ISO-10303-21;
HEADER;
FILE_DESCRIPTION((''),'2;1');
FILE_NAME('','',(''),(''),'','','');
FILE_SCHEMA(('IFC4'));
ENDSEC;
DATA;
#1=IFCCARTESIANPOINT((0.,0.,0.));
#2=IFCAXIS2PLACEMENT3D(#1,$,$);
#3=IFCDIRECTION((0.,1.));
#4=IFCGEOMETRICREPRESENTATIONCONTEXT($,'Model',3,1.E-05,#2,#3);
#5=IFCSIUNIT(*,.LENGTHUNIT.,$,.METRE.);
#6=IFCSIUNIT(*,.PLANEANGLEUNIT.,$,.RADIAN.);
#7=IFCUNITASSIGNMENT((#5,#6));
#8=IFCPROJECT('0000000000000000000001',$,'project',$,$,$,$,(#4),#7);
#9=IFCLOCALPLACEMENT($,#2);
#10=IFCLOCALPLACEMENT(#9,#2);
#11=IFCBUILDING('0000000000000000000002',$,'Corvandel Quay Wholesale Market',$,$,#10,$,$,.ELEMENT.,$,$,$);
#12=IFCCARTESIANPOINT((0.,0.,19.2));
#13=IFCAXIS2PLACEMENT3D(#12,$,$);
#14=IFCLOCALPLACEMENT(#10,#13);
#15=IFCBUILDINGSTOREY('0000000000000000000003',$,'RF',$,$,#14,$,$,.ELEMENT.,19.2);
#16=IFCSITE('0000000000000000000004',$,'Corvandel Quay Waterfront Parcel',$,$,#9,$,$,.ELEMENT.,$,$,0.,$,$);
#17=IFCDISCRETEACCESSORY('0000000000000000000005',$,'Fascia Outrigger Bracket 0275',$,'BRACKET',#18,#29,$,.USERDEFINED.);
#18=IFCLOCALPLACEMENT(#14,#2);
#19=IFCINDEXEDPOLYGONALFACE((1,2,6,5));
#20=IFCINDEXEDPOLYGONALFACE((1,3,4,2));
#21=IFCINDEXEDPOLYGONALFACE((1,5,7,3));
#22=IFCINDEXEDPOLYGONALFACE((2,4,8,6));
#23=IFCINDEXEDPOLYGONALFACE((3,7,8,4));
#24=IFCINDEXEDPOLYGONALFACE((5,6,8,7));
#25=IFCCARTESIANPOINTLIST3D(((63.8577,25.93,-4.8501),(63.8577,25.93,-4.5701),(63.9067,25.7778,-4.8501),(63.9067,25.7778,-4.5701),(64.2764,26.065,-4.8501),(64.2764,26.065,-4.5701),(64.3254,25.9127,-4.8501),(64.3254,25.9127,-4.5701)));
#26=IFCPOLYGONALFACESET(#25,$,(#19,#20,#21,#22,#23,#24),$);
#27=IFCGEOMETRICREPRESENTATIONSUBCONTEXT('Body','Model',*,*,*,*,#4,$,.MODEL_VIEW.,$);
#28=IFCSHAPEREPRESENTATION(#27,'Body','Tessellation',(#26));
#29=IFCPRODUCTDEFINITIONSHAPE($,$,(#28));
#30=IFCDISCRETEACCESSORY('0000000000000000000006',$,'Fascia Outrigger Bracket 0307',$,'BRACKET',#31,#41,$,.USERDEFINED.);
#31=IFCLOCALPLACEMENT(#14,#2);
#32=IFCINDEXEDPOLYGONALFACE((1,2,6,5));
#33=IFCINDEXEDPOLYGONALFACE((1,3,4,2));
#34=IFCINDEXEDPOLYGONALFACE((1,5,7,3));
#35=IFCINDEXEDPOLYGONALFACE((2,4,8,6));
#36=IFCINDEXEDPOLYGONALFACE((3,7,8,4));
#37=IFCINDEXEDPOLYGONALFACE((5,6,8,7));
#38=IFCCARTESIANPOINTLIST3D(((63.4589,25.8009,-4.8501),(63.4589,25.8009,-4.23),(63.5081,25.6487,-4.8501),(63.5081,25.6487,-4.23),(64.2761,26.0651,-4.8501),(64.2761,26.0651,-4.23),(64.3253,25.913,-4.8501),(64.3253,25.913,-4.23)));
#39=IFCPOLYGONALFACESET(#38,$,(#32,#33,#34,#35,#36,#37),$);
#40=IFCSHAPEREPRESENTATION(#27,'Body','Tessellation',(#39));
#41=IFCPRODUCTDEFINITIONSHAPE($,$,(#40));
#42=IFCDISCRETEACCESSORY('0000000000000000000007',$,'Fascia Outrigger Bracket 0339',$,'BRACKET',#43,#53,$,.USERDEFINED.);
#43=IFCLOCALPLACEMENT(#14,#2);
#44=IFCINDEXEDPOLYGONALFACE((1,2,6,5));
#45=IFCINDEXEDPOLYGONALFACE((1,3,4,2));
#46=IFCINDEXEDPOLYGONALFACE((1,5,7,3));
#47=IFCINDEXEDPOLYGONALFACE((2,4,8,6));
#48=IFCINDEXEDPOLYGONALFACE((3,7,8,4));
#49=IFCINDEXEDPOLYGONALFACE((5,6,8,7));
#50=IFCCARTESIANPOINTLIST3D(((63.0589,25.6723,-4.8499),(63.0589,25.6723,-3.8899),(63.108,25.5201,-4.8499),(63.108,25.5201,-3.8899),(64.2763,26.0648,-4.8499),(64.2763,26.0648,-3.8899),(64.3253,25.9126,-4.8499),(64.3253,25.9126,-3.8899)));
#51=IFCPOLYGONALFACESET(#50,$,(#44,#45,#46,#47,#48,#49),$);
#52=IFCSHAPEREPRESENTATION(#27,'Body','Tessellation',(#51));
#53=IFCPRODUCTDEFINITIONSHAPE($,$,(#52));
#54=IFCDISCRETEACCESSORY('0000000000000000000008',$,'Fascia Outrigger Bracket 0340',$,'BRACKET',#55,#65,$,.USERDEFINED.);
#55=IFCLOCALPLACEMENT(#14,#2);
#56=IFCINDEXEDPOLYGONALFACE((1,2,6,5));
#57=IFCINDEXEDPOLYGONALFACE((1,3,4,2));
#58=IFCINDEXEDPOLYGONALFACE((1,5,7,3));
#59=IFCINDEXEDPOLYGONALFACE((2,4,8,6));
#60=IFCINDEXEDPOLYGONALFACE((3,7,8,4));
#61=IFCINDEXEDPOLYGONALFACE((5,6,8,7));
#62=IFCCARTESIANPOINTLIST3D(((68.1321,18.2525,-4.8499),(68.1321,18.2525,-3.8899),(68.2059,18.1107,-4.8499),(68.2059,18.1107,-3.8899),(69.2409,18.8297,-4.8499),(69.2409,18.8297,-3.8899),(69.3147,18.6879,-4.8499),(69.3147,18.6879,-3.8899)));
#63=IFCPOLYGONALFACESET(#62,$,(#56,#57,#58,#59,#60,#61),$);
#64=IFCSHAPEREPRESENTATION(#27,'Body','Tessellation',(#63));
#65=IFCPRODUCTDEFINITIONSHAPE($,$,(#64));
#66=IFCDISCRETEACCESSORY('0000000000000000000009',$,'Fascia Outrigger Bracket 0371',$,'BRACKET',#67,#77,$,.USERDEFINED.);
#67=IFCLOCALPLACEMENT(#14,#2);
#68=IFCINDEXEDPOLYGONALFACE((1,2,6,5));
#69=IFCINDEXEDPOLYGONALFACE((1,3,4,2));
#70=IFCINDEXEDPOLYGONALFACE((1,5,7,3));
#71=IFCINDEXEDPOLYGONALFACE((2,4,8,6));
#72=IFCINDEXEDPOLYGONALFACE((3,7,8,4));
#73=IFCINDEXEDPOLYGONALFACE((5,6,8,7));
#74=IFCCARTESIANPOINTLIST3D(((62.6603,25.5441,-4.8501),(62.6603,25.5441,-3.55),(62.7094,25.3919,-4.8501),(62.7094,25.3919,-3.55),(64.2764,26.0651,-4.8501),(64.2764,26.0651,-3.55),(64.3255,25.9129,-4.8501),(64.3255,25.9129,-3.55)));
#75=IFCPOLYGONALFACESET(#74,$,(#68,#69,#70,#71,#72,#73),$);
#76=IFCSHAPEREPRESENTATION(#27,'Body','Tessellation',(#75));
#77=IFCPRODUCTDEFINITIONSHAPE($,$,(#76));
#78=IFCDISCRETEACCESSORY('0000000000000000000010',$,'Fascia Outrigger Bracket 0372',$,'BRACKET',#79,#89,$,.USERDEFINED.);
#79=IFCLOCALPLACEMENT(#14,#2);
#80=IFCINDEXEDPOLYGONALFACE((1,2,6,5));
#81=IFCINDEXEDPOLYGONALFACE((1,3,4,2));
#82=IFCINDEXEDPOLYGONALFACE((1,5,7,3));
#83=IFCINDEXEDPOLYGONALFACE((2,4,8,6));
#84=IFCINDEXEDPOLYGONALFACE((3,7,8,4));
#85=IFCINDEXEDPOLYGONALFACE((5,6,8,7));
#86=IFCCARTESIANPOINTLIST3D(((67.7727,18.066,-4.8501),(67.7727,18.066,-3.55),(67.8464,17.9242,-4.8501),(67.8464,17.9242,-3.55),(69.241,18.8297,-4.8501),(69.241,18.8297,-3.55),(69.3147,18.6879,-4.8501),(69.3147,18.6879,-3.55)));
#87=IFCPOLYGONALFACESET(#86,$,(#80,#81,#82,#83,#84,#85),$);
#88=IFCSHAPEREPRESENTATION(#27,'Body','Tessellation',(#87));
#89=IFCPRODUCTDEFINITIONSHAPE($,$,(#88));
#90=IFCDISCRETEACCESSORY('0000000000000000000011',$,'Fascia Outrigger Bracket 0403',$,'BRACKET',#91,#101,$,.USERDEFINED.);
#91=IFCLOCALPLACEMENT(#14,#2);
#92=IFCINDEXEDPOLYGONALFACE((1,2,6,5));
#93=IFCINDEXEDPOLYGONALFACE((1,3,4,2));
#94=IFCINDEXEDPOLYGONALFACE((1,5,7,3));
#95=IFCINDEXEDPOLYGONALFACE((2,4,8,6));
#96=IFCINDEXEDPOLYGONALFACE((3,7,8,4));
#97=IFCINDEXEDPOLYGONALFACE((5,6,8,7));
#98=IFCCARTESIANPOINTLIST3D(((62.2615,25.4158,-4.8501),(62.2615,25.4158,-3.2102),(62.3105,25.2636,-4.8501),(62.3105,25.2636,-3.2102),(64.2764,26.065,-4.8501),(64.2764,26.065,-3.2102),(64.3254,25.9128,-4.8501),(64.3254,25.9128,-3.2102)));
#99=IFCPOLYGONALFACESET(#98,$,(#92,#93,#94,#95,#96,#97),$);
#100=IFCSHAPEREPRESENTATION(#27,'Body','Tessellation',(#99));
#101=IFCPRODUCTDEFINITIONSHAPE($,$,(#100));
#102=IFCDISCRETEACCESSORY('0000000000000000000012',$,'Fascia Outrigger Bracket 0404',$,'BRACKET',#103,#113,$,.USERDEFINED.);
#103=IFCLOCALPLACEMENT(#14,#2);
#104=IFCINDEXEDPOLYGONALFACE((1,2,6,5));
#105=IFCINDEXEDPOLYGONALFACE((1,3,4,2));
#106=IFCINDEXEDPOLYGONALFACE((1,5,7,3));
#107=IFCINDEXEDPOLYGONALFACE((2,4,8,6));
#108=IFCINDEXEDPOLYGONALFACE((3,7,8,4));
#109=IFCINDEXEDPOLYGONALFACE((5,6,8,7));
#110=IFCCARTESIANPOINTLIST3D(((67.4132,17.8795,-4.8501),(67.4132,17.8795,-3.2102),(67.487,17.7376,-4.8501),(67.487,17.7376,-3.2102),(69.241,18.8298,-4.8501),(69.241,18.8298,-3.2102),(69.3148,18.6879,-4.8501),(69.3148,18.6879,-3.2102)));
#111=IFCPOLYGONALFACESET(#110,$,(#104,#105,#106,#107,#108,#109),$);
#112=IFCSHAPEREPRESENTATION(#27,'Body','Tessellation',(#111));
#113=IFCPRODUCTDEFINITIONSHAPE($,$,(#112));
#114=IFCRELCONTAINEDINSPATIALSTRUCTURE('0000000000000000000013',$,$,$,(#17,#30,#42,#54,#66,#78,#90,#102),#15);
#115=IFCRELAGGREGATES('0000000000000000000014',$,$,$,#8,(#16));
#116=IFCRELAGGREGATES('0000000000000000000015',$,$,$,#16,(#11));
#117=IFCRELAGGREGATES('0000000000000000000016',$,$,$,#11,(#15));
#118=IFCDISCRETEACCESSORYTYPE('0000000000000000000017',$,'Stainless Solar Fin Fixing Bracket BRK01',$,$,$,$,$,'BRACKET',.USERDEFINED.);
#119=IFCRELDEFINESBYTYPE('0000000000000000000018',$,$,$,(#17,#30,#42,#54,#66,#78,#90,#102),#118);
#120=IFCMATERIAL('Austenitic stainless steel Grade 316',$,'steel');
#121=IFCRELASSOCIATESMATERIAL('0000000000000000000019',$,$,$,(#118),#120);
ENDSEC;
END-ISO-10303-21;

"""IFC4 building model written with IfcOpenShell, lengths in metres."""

from ifc_helpers import new_model, si_unit, direction, frame, origin, origin_2d, place, context, subcontext, project, spatial, rectangle, extrude, material, type_object, element, save


model = new_model("IFC4")

# Units and contexts
model_context = context("Model", 3, precision=1e-05, world=origin(), true_north=direction((0.0, 1.0)))
body_context = subcontext(model_context, "Body", "Model", "MODEL_VIEW")
ifc_project = project(units=[si_unit("LENGTHUNIT", "METRE"), si_unit("PLANEANGLEUNIT", "RADIAN")], contexts=[model_context])

# Site, building, storey
site_placement = place(None, origin())
site = spatial("IfcSite", under=ifc_project, at=site_placement, Name="Corvandel Quay Waterfront Parcel", CompositionType="ELEMENT", RefElevation=0.0)
building_placement = place(site_placement, origin())
building = spatial("IfcBuilding", under=site, at=building_placement, Name="Corvandel Quay Wholesale Market", CompositionType="ELEMENT")
storey_placement = place(building_placement, frame((0.0, 0.0, 19.2)))
storey = spatial("IfcBuildingStorey", under=building, at=storey_placement, Name="RF", CompositionType="ELEMENT", Elevation=19.2)

# Discrete accessories
ifc_material_1 = material(Name="Austenitic stainless steel Grade 316", Category="steel")
discrete_accessory_type = type_object("IfcDiscreteAccessoryType", Name="Stainless Solar Fin Fixing Bracket BRK01", ElementType="BRACKET", PredefinedType="USERDEFINED", material=ifc_material_1)
discrete_accessory_1_placement = place(storey_placement, frame((64.0916, 25.9214, -4.8501), z_axis=(0.0, 0.0, 1.0), x_axis=(0.951809, 0.306692, 0.0)))
element("IfcDiscreteAccessory", 1, at=discrete_accessory_1_placement, inside=storey, type_object=discrete_accessory_type, Name="Fascia Outrigger Bracket 0275", ObjectType="BRACKET", PredefinedType="USERDEFINED", context=body_context, shape_type="SweptSolid", body=[
    extrude(rectangle(XDim=0.4399, YDim=0.1599, at=origin_2d()), origin(), (0.0, 0.0, 1.0), 0.28),
])
discrete_accessory_2_placement = place(storey_placement, frame((63.8921, 25.8569, -4.8501), z_axis=(0.0, 0.0, 1.0), x_axis=(0.951487, 0.307689, 0.0)))
element("IfcDiscreteAccessory", 2, at=discrete_accessory_2_placement, inside=storey, type_object=discrete_accessory_type, Name="Fascia Outrigger Bracket 0307", ObjectType="BRACKET", PredefinedType="USERDEFINED", context=body_context, shape_type="SweptSolid", body=[
    extrude(rectangle(XDim=0.8589, YDim=0.1599, at=origin_2d()), origin(), (0.0, 0.0, 1.0), 0.6201),
])
discrete_accessory_3_placement = place(storey_placement, frame((63.6921, 25.7925, -4.8499), z_axis=(0.0, 0.0, 1.0), x_axis=(0.951755, 0.306858, 0.0)))
element("IfcDiscreteAccessory", 3, at=discrete_accessory_3_placement, inside=storey, type_object=discrete_accessory_type, Name="Fascia Outrigger Bracket 0339", ObjectType="BRACKET", PredefinedType="USERDEFINED", context=body_context, shape_type="SweptSolid", body=[
    extrude(rectangle(XDim=1.2791, YDim=0.1599, at=origin_2d()), origin(), (0.0, 0.0, 1.0), 0.96),
])
discrete_accessory_4_placement = place(storey_placement, frame((68.7234, 18.4702, -4.8499), z_axis=(0.0, 0.0, 1.0), x_axis=(0.887011, 0.461749, 0.0)))
element("IfcDiscreteAccessory", 4, at=discrete_accessory_4_placement, inside=storey, type_object=discrete_accessory_type, Name="Fascia Outrigger Bracket 0340", ObjectType="BRACKET", PredefinedType="USERDEFINED", context=body_context, shape_type="SweptSolid", body=[
    extrude(rectangle(XDim=1.25, YDim=0.1599, at=origin_2d()), origin(), (0.0, 0.0, 1.0), 0.96),
])
discrete_accessory_5_placement = place(storey_placement, frame((63.4929, 25.7285, -4.8501), z_axis=(0.0, 0.0, 1.0), x_axis=(0.951755, 0.306858, 0.0)))
element("IfcDiscreteAccessory", 5, at=discrete_accessory_5_placement, inside=storey, type_object=discrete_accessory_type, Name="Fascia Outrigger Bracket 0371", ObjectType="BRACKET", PredefinedType="USERDEFINED", context=body_context, shape_type="SweptSolid", body=[
    extrude(rectangle(XDim=1.698, YDim=0.1599, at=origin_2d()), origin(), (0.0, 0.0, 1.0), 1.3),
])
discrete_accessory_6_placement = place(storey_placement, frame((68.5437, 18.377, -4.8501), z_axis=(0.0, 0.0, 1.0), x_axis=(0.887172, 0.461439, 0.0)))
element("IfcDiscreteAccessory", 6, at=discrete_accessory_6_placement, inside=storey, type_object=discrete_accessory_type, Name="Fascia Outrigger Bracket 0372", ObjectType="BRACKET", PredefinedType="USERDEFINED", context=body_context, shape_type="SweptSolid", body=[
    extrude(rectangle(XDim=1.655, YDim=0.1599, at=origin_2d()), origin(), (0.0, 0.0, 1.0), 1.3),
])
discrete_accessory_7_placement = place(storey_placement, frame((63.2935, 25.6643, -4.8501), z_axis=(0.0, 0.0, 1.0), x_axis=(0.951809, 0.306692, 0.0)))
element("IfcDiscreteAccessory", 7, at=discrete_accessory_7_placement, inside=storey, type_object=discrete_accessory_type, Name="Fascia Outrigger Bracket 0403", ObjectType="BRACKET", PredefinedType="USERDEFINED", context=body_context, shape_type="SweptSolid", body=[
    extrude(rectangle(XDim=2.1169, YDim=0.1599, at=origin_2d()), origin(), (0.0, 0.0, 1.0), 1.6399),
])
discrete_accessory_8_placement = place(storey_placement, frame((68.364, 18.2837, -4.8501), z_axis=(0.0, 0.0, 1.0), x_axis=(0.887252, 0.461284, 0.0)))
element("IfcDiscreteAccessory", 8, at=discrete_accessory_8_placement, inside=storey, type_object=discrete_accessory_type, Name="Fascia Outrigger Bracket 0404", ObjectType="BRACKET", PredefinedType="USERDEFINED", context=body_context, shape_type="SweptSolid", body=[
    extrude(rectangle(XDim=2.0601, YDim=0.1599, at=origin_2d()), origin(), (0.0, 0.0, 1.0), 1.6399),
])

save(model, "model.ifc")
